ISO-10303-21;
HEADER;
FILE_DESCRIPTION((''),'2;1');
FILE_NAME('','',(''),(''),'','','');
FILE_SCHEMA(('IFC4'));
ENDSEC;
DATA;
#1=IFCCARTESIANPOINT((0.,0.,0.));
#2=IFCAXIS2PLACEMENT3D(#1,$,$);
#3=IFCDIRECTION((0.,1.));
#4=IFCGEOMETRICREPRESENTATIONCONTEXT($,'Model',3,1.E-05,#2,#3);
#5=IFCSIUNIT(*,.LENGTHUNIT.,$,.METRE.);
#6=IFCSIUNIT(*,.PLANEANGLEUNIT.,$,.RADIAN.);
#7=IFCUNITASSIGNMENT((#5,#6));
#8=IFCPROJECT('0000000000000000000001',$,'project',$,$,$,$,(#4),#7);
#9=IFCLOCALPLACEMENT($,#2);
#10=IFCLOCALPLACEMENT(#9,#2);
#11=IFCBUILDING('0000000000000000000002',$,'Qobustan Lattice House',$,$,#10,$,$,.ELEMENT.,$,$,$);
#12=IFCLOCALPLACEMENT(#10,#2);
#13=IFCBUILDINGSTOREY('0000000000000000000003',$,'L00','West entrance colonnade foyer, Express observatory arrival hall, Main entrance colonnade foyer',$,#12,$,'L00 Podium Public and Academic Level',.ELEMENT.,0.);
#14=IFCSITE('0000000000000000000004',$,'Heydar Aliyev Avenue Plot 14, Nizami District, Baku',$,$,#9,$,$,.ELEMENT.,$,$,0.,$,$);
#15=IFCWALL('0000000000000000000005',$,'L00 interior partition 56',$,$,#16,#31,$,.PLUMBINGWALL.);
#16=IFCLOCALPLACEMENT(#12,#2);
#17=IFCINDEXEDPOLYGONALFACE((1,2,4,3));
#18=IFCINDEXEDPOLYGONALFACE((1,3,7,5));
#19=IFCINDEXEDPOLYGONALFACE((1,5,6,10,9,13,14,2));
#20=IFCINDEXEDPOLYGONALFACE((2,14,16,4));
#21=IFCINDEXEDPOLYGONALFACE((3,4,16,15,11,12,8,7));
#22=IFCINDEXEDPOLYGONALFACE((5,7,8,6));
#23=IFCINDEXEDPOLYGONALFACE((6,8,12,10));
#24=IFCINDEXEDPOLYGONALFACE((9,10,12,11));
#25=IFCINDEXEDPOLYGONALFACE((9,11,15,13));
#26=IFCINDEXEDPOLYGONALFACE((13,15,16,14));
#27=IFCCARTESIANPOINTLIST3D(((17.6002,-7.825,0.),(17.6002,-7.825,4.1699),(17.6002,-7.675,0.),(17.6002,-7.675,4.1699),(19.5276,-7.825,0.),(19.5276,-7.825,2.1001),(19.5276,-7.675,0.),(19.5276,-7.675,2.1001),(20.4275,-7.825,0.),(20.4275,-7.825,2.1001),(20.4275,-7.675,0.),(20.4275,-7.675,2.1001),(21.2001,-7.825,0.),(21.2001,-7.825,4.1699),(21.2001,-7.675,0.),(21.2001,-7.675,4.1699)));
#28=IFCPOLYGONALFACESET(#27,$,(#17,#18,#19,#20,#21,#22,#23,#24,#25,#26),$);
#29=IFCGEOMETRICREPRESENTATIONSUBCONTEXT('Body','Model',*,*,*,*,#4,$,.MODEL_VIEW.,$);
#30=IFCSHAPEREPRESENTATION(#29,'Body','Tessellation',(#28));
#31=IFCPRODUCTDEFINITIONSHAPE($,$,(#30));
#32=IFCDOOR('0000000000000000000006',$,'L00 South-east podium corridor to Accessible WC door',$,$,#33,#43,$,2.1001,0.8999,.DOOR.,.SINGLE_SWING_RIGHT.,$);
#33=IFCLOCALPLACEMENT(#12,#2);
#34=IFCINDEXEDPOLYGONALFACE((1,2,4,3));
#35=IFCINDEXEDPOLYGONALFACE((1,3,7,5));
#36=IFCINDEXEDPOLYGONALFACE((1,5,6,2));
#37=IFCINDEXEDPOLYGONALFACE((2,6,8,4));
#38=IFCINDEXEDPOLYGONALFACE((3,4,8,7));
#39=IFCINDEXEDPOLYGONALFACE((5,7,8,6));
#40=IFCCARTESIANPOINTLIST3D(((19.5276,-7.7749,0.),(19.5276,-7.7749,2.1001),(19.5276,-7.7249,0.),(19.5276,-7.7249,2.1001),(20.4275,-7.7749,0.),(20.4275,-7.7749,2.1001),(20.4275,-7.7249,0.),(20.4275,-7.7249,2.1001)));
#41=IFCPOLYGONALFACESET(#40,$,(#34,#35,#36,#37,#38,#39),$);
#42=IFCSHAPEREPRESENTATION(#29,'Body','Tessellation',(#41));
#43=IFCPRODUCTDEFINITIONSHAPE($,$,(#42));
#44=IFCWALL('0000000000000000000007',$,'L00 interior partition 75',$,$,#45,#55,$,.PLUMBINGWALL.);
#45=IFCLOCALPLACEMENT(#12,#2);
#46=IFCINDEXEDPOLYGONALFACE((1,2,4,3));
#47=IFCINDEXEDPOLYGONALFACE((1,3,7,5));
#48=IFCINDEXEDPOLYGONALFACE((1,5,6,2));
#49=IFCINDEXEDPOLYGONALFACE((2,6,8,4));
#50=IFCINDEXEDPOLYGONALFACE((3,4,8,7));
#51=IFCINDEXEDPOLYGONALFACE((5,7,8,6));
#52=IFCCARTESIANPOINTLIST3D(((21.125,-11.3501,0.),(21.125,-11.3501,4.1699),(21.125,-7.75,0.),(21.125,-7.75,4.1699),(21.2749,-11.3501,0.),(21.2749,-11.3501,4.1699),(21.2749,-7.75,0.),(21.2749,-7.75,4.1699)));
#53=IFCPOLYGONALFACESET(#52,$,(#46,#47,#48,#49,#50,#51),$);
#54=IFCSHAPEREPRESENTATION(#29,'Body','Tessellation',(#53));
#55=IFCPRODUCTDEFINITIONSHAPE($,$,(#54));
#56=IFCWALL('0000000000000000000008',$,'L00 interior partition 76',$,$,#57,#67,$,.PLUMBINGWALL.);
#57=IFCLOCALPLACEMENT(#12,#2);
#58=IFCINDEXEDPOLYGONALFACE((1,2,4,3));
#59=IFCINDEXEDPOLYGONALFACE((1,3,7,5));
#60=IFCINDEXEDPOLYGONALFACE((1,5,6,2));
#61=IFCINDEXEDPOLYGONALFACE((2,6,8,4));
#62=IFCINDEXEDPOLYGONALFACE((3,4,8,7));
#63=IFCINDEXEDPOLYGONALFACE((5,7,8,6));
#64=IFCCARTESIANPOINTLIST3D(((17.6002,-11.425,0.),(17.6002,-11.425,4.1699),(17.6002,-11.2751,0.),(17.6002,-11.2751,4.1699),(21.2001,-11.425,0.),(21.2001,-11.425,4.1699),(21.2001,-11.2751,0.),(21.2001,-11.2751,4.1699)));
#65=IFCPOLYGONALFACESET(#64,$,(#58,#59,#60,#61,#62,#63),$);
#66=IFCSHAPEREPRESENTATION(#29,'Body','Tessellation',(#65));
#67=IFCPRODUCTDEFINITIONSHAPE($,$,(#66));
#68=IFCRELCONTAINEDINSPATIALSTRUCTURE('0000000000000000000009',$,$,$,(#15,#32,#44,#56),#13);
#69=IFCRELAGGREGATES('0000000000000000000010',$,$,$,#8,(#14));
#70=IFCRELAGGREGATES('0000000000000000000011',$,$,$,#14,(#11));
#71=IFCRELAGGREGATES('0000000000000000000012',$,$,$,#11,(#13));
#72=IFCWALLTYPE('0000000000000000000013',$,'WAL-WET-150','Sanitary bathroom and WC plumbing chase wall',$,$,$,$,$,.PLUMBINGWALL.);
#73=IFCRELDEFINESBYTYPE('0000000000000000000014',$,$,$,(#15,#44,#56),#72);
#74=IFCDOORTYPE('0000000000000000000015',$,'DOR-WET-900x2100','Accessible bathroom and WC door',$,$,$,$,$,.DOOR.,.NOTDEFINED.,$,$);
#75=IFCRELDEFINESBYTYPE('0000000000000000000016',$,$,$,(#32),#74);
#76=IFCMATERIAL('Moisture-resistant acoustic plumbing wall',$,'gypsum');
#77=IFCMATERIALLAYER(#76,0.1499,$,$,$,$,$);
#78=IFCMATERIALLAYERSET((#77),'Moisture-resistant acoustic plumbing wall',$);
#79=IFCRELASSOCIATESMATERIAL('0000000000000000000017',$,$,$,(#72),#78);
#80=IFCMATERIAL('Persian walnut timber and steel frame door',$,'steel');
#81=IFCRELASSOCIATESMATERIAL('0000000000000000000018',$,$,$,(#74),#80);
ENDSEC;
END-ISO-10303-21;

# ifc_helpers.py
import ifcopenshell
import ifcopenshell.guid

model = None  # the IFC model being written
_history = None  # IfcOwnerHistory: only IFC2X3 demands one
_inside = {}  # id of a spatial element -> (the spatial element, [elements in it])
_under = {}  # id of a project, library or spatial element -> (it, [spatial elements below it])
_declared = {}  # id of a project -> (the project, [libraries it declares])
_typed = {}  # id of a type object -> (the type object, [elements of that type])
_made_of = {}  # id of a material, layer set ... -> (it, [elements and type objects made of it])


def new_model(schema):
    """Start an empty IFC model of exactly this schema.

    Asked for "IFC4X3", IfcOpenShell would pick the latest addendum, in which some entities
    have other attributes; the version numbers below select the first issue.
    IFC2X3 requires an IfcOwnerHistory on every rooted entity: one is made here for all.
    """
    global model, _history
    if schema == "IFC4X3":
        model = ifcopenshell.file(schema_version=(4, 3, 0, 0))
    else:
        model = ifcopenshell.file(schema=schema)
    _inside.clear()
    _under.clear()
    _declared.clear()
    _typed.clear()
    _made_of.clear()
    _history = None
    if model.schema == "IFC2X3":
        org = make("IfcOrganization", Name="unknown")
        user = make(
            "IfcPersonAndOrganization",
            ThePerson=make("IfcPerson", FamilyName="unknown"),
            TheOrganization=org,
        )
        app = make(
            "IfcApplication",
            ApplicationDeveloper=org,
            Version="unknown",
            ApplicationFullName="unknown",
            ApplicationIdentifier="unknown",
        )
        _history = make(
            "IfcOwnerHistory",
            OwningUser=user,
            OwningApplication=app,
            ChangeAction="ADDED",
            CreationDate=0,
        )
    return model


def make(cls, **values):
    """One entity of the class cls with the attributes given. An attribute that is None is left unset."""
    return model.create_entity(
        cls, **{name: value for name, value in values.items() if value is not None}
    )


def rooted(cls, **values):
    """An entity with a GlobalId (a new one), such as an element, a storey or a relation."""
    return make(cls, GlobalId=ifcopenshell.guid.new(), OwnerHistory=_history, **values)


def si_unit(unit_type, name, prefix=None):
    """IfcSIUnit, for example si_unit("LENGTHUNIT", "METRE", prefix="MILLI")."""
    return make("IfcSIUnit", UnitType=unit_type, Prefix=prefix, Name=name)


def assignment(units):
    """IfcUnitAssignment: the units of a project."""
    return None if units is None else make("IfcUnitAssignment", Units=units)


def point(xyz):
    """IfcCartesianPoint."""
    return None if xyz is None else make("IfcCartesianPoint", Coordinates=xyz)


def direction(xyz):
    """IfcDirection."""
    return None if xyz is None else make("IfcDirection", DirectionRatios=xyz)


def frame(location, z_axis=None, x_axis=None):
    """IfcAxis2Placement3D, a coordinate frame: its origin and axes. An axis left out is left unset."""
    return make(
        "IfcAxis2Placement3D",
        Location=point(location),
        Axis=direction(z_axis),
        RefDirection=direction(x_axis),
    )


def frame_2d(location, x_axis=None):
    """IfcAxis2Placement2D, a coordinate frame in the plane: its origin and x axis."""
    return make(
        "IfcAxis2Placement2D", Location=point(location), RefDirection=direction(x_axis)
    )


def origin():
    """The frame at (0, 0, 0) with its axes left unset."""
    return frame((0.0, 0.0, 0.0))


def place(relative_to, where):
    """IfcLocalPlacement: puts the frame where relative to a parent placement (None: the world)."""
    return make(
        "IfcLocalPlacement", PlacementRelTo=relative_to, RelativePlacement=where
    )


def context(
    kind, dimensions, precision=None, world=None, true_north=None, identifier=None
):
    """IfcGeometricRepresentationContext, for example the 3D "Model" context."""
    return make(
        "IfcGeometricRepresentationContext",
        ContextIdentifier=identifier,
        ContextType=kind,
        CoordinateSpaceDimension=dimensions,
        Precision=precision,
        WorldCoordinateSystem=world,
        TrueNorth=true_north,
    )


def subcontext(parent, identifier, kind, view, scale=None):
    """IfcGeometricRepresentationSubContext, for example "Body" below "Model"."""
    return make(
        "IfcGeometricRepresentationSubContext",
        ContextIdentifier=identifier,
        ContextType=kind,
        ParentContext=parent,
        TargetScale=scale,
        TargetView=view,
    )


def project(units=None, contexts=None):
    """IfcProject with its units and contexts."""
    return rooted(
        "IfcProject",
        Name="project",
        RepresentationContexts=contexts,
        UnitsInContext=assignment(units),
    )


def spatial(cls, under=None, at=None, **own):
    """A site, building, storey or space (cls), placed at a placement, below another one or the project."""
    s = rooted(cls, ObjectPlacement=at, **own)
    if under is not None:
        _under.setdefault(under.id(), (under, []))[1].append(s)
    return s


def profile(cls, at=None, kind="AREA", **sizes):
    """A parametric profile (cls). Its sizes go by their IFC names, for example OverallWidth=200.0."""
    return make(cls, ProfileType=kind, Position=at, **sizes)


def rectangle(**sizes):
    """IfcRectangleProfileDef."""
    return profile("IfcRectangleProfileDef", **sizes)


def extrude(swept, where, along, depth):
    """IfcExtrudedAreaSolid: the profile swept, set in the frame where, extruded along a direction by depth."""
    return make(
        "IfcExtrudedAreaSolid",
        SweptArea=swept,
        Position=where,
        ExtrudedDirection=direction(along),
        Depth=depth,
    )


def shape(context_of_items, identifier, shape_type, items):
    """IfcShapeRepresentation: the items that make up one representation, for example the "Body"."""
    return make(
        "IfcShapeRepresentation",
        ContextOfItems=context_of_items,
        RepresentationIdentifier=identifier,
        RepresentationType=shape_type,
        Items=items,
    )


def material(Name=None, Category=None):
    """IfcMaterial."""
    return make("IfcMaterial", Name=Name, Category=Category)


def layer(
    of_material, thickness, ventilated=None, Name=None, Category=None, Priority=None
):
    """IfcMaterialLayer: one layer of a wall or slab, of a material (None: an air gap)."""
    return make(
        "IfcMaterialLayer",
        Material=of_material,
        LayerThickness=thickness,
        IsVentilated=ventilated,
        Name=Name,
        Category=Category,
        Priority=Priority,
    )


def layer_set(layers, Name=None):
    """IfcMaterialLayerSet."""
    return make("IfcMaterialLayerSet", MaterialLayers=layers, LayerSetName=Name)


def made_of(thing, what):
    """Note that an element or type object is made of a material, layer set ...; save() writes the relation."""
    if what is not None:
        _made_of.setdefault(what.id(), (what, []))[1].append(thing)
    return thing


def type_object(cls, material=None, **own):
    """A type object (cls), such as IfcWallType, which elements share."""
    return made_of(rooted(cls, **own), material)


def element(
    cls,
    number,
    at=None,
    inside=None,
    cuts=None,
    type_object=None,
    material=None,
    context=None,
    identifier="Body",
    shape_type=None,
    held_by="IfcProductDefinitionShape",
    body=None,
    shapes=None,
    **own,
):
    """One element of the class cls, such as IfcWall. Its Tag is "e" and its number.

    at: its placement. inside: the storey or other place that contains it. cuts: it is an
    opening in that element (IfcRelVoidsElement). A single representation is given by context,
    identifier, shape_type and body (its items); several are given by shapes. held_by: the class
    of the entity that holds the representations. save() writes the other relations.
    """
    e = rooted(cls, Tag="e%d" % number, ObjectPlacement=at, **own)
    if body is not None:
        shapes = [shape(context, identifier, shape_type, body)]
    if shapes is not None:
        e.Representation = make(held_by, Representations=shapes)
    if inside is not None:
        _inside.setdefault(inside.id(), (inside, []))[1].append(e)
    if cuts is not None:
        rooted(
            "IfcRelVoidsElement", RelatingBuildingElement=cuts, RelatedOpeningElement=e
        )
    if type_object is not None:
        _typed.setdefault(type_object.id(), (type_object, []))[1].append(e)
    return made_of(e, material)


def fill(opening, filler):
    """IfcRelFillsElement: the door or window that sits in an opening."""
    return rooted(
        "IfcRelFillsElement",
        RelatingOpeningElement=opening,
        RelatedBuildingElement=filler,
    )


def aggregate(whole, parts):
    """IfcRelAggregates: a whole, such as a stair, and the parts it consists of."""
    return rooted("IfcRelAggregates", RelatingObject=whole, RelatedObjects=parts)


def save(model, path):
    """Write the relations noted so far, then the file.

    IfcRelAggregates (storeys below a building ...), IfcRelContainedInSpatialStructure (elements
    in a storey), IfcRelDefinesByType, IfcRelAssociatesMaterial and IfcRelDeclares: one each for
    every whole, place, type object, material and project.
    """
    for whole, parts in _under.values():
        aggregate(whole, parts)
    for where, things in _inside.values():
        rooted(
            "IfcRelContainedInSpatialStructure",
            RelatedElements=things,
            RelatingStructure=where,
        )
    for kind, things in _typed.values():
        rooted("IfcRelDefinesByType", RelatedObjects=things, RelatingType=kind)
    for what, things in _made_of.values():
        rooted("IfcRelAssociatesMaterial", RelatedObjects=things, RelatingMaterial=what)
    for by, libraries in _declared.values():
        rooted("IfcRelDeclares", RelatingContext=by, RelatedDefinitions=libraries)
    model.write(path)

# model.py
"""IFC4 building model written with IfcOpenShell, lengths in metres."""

from ifc_helpers import new_model, si_unit, direction, frame, frame_2d, origin, place, context, subcontext, project, spatial, rectangle, extrude, material, layer, layer_set, type_object, element, fill, save


model = new_model("IFC4")

# Units and contexts
model_context = context("Model", 3, precision=1e-05, world=origin(), true_north=direction((0.0, 1.0)))
body_context = subcontext(model_context, "Body", "Model", "MODEL_VIEW")
ifc_project = project(units=[si_unit("LENGTHUNIT", "METRE"), si_unit("PLANEANGLEUNIT", "RADIAN")], contexts=[model_context])

# Site, building, storey
site_placement = place(None, origin())
site = spatial("IfcSite", under=ifc_project, at=site_placement, Name="Heydar Aliyev Avenue Plot 14, Nizami District, Baku", CompositionType="ELEMENT", RefElevation=0.0)
building_placement = place(site_placement, origin())
building = spatial("IfcBuilding", under=site, at=building_placement, Name="Qobustan Lattice House", CompositionType="ELEMENT")
storey_placement = place(building_placement, origin())
storey = spatial("IfcBuildingStorey", under=building, at=storey_placement, Name="L00", Description="West entrance colonnade foyer, Express observatory arrival hall, Main entrance colonnade foyer", LongName="L00 Podium Public and Academic Level", CompositionType="ELEMENT", Elevation=0.0)

# Wall, opening, door
ifc_material_1 = material(Name="Moisture-resistant acoustic plumbing wall", Category="gypsum")
ifc_layer_1 = layer(ifc_material_1, 0.1499)
ifc_layer_set_1 = layer_set([ifc_layer_1], Name="Moisture-resistant acoustic plumbing wall")
wall_type_1 = type_object("IfcWallType", Name="WAL-WET-150", Description="Sanitary bathroom and WC plumbing chase wall", PredefinedType="PLUMBINGWALL", material=ifc_layer_set_1)
wall_1_placement = place(storey_placement, frame((21.2, -7.75, 0.0), z_axis=(0.0, 0.0, 1.0), x_axis=(-1.0, 0.0, 0.0)))
wall_1 = element("IfcWall", 1, at=wall_1_placement, inside=storey, type_object=wall_type_1, Name="L00 interior partition 56", PredefinedType="PLUMBINGWALL", context=body_context, shape_type="SweptSolid", body=[
    extrude(rectangle(XDim=3.5999, YDim=0.1499, at=frame_2d((1.7998, 0.0))), origin(), (0.0, 0.0, 1.0), 4.1699),
])
opening_1_placement = place(wall_1_placement, frame((0.7725, 0.0, 0.0)))
opening_1 = element("IfcOpeningElement", 2, at=opening_1_placement, cuts=wall_1, PredefinedType="OPENING", context=body_context, shape_type="SweptSolid", body=[
    extrude(rectangle(XDim=0.8999, YDim=2.1001, at=frame_2d((0.45, 1.05))), frame((0.0, 0.085, 0.0), z_axis=(0.0, -1.0, 0.0), x_axis=(1.0, 0.0, 0.0)), (0.0, 0.0, 1.0), 0.1699),
])
ifc_material_2 = material(Name="Persian walnut timber and steel frame door", Category="steel")
door_type_1 = type_object("IfcDoorType", Name="DOR-WET-900x2100", Description="Accessible bathroom and WC door", OperationType="NOTDEFINED", PredefinedType="DOOR", material=ifc_material_2)
door_1_placement = place(opening_1_placement, origin())
door_1 = element("IfcDoor", 3, at=door_1_placement, inside=storey, type_object=door_type_1, Name="L00 South-east podium corridor to Accessible WC door", OperationType="SINGLE_SWING_RIGHT", OverallHeight=2.1001, OverallWidth=0.8999, PredefinedType="DOOR", context=body_context, shape_type="SweptSolid", body=[
    extrude(rectangle(XDim=0.8999, YDim=2.1001, at=frame_2d((0.45, 1.05))), frame((0.0, 0.0249, 0.0), z_axis=(0.0, -1.0, 0.0), x_axis=(1.0, 0.0, 0.0)), (0.0, 0.0, 1.0), 0.05),
])
fill(opening_1, door_1)

# Walls
wall_2_placement = place(storey_placement, frame((21.2, -7.75, 0.0), z_axis=(0.0, 0.0, 1.0), x_axis=(0.0, -1.0, 0.0)))
element("IfcWall", 4, at=wall_2_placement, inside=storey, type_object=wall_type_1, Name="L00 interior partition 75", PredefinedType="PLUMBINGWALL", context=body_context, shape_type="SweptSolid", body=[
    extrude(rectangle(XDim=3.6001, YDim=0.1499, at=frame_2d((1.8, 0.0))), origin(), (0.0, 0.0, 1.0), 4.1699),
])
wall_3_placement = place(storey_placement, frame((21.2, -11.3501, 0.0), z_axis=(0.0, 0.0, 1.0), x_axis=(-1.0, 0.0, 0.0)))
element("IfcWall", 5, at=wall_3_placement, inside=storey, type_object=wall_type_1, Name="L00 interior partition 76", PredefinedType="PLUMBINGWALL", context=body_context, shape_type="SweptSolid", body=[
    extrude(rectangle(XDim=3.5999, YDim=0.1499, at=frame_2d((1.7998, 0.0))), origin(), (0.0, 0.0, 1.0), 4.1699),
])

save(model, "model.ifc")
